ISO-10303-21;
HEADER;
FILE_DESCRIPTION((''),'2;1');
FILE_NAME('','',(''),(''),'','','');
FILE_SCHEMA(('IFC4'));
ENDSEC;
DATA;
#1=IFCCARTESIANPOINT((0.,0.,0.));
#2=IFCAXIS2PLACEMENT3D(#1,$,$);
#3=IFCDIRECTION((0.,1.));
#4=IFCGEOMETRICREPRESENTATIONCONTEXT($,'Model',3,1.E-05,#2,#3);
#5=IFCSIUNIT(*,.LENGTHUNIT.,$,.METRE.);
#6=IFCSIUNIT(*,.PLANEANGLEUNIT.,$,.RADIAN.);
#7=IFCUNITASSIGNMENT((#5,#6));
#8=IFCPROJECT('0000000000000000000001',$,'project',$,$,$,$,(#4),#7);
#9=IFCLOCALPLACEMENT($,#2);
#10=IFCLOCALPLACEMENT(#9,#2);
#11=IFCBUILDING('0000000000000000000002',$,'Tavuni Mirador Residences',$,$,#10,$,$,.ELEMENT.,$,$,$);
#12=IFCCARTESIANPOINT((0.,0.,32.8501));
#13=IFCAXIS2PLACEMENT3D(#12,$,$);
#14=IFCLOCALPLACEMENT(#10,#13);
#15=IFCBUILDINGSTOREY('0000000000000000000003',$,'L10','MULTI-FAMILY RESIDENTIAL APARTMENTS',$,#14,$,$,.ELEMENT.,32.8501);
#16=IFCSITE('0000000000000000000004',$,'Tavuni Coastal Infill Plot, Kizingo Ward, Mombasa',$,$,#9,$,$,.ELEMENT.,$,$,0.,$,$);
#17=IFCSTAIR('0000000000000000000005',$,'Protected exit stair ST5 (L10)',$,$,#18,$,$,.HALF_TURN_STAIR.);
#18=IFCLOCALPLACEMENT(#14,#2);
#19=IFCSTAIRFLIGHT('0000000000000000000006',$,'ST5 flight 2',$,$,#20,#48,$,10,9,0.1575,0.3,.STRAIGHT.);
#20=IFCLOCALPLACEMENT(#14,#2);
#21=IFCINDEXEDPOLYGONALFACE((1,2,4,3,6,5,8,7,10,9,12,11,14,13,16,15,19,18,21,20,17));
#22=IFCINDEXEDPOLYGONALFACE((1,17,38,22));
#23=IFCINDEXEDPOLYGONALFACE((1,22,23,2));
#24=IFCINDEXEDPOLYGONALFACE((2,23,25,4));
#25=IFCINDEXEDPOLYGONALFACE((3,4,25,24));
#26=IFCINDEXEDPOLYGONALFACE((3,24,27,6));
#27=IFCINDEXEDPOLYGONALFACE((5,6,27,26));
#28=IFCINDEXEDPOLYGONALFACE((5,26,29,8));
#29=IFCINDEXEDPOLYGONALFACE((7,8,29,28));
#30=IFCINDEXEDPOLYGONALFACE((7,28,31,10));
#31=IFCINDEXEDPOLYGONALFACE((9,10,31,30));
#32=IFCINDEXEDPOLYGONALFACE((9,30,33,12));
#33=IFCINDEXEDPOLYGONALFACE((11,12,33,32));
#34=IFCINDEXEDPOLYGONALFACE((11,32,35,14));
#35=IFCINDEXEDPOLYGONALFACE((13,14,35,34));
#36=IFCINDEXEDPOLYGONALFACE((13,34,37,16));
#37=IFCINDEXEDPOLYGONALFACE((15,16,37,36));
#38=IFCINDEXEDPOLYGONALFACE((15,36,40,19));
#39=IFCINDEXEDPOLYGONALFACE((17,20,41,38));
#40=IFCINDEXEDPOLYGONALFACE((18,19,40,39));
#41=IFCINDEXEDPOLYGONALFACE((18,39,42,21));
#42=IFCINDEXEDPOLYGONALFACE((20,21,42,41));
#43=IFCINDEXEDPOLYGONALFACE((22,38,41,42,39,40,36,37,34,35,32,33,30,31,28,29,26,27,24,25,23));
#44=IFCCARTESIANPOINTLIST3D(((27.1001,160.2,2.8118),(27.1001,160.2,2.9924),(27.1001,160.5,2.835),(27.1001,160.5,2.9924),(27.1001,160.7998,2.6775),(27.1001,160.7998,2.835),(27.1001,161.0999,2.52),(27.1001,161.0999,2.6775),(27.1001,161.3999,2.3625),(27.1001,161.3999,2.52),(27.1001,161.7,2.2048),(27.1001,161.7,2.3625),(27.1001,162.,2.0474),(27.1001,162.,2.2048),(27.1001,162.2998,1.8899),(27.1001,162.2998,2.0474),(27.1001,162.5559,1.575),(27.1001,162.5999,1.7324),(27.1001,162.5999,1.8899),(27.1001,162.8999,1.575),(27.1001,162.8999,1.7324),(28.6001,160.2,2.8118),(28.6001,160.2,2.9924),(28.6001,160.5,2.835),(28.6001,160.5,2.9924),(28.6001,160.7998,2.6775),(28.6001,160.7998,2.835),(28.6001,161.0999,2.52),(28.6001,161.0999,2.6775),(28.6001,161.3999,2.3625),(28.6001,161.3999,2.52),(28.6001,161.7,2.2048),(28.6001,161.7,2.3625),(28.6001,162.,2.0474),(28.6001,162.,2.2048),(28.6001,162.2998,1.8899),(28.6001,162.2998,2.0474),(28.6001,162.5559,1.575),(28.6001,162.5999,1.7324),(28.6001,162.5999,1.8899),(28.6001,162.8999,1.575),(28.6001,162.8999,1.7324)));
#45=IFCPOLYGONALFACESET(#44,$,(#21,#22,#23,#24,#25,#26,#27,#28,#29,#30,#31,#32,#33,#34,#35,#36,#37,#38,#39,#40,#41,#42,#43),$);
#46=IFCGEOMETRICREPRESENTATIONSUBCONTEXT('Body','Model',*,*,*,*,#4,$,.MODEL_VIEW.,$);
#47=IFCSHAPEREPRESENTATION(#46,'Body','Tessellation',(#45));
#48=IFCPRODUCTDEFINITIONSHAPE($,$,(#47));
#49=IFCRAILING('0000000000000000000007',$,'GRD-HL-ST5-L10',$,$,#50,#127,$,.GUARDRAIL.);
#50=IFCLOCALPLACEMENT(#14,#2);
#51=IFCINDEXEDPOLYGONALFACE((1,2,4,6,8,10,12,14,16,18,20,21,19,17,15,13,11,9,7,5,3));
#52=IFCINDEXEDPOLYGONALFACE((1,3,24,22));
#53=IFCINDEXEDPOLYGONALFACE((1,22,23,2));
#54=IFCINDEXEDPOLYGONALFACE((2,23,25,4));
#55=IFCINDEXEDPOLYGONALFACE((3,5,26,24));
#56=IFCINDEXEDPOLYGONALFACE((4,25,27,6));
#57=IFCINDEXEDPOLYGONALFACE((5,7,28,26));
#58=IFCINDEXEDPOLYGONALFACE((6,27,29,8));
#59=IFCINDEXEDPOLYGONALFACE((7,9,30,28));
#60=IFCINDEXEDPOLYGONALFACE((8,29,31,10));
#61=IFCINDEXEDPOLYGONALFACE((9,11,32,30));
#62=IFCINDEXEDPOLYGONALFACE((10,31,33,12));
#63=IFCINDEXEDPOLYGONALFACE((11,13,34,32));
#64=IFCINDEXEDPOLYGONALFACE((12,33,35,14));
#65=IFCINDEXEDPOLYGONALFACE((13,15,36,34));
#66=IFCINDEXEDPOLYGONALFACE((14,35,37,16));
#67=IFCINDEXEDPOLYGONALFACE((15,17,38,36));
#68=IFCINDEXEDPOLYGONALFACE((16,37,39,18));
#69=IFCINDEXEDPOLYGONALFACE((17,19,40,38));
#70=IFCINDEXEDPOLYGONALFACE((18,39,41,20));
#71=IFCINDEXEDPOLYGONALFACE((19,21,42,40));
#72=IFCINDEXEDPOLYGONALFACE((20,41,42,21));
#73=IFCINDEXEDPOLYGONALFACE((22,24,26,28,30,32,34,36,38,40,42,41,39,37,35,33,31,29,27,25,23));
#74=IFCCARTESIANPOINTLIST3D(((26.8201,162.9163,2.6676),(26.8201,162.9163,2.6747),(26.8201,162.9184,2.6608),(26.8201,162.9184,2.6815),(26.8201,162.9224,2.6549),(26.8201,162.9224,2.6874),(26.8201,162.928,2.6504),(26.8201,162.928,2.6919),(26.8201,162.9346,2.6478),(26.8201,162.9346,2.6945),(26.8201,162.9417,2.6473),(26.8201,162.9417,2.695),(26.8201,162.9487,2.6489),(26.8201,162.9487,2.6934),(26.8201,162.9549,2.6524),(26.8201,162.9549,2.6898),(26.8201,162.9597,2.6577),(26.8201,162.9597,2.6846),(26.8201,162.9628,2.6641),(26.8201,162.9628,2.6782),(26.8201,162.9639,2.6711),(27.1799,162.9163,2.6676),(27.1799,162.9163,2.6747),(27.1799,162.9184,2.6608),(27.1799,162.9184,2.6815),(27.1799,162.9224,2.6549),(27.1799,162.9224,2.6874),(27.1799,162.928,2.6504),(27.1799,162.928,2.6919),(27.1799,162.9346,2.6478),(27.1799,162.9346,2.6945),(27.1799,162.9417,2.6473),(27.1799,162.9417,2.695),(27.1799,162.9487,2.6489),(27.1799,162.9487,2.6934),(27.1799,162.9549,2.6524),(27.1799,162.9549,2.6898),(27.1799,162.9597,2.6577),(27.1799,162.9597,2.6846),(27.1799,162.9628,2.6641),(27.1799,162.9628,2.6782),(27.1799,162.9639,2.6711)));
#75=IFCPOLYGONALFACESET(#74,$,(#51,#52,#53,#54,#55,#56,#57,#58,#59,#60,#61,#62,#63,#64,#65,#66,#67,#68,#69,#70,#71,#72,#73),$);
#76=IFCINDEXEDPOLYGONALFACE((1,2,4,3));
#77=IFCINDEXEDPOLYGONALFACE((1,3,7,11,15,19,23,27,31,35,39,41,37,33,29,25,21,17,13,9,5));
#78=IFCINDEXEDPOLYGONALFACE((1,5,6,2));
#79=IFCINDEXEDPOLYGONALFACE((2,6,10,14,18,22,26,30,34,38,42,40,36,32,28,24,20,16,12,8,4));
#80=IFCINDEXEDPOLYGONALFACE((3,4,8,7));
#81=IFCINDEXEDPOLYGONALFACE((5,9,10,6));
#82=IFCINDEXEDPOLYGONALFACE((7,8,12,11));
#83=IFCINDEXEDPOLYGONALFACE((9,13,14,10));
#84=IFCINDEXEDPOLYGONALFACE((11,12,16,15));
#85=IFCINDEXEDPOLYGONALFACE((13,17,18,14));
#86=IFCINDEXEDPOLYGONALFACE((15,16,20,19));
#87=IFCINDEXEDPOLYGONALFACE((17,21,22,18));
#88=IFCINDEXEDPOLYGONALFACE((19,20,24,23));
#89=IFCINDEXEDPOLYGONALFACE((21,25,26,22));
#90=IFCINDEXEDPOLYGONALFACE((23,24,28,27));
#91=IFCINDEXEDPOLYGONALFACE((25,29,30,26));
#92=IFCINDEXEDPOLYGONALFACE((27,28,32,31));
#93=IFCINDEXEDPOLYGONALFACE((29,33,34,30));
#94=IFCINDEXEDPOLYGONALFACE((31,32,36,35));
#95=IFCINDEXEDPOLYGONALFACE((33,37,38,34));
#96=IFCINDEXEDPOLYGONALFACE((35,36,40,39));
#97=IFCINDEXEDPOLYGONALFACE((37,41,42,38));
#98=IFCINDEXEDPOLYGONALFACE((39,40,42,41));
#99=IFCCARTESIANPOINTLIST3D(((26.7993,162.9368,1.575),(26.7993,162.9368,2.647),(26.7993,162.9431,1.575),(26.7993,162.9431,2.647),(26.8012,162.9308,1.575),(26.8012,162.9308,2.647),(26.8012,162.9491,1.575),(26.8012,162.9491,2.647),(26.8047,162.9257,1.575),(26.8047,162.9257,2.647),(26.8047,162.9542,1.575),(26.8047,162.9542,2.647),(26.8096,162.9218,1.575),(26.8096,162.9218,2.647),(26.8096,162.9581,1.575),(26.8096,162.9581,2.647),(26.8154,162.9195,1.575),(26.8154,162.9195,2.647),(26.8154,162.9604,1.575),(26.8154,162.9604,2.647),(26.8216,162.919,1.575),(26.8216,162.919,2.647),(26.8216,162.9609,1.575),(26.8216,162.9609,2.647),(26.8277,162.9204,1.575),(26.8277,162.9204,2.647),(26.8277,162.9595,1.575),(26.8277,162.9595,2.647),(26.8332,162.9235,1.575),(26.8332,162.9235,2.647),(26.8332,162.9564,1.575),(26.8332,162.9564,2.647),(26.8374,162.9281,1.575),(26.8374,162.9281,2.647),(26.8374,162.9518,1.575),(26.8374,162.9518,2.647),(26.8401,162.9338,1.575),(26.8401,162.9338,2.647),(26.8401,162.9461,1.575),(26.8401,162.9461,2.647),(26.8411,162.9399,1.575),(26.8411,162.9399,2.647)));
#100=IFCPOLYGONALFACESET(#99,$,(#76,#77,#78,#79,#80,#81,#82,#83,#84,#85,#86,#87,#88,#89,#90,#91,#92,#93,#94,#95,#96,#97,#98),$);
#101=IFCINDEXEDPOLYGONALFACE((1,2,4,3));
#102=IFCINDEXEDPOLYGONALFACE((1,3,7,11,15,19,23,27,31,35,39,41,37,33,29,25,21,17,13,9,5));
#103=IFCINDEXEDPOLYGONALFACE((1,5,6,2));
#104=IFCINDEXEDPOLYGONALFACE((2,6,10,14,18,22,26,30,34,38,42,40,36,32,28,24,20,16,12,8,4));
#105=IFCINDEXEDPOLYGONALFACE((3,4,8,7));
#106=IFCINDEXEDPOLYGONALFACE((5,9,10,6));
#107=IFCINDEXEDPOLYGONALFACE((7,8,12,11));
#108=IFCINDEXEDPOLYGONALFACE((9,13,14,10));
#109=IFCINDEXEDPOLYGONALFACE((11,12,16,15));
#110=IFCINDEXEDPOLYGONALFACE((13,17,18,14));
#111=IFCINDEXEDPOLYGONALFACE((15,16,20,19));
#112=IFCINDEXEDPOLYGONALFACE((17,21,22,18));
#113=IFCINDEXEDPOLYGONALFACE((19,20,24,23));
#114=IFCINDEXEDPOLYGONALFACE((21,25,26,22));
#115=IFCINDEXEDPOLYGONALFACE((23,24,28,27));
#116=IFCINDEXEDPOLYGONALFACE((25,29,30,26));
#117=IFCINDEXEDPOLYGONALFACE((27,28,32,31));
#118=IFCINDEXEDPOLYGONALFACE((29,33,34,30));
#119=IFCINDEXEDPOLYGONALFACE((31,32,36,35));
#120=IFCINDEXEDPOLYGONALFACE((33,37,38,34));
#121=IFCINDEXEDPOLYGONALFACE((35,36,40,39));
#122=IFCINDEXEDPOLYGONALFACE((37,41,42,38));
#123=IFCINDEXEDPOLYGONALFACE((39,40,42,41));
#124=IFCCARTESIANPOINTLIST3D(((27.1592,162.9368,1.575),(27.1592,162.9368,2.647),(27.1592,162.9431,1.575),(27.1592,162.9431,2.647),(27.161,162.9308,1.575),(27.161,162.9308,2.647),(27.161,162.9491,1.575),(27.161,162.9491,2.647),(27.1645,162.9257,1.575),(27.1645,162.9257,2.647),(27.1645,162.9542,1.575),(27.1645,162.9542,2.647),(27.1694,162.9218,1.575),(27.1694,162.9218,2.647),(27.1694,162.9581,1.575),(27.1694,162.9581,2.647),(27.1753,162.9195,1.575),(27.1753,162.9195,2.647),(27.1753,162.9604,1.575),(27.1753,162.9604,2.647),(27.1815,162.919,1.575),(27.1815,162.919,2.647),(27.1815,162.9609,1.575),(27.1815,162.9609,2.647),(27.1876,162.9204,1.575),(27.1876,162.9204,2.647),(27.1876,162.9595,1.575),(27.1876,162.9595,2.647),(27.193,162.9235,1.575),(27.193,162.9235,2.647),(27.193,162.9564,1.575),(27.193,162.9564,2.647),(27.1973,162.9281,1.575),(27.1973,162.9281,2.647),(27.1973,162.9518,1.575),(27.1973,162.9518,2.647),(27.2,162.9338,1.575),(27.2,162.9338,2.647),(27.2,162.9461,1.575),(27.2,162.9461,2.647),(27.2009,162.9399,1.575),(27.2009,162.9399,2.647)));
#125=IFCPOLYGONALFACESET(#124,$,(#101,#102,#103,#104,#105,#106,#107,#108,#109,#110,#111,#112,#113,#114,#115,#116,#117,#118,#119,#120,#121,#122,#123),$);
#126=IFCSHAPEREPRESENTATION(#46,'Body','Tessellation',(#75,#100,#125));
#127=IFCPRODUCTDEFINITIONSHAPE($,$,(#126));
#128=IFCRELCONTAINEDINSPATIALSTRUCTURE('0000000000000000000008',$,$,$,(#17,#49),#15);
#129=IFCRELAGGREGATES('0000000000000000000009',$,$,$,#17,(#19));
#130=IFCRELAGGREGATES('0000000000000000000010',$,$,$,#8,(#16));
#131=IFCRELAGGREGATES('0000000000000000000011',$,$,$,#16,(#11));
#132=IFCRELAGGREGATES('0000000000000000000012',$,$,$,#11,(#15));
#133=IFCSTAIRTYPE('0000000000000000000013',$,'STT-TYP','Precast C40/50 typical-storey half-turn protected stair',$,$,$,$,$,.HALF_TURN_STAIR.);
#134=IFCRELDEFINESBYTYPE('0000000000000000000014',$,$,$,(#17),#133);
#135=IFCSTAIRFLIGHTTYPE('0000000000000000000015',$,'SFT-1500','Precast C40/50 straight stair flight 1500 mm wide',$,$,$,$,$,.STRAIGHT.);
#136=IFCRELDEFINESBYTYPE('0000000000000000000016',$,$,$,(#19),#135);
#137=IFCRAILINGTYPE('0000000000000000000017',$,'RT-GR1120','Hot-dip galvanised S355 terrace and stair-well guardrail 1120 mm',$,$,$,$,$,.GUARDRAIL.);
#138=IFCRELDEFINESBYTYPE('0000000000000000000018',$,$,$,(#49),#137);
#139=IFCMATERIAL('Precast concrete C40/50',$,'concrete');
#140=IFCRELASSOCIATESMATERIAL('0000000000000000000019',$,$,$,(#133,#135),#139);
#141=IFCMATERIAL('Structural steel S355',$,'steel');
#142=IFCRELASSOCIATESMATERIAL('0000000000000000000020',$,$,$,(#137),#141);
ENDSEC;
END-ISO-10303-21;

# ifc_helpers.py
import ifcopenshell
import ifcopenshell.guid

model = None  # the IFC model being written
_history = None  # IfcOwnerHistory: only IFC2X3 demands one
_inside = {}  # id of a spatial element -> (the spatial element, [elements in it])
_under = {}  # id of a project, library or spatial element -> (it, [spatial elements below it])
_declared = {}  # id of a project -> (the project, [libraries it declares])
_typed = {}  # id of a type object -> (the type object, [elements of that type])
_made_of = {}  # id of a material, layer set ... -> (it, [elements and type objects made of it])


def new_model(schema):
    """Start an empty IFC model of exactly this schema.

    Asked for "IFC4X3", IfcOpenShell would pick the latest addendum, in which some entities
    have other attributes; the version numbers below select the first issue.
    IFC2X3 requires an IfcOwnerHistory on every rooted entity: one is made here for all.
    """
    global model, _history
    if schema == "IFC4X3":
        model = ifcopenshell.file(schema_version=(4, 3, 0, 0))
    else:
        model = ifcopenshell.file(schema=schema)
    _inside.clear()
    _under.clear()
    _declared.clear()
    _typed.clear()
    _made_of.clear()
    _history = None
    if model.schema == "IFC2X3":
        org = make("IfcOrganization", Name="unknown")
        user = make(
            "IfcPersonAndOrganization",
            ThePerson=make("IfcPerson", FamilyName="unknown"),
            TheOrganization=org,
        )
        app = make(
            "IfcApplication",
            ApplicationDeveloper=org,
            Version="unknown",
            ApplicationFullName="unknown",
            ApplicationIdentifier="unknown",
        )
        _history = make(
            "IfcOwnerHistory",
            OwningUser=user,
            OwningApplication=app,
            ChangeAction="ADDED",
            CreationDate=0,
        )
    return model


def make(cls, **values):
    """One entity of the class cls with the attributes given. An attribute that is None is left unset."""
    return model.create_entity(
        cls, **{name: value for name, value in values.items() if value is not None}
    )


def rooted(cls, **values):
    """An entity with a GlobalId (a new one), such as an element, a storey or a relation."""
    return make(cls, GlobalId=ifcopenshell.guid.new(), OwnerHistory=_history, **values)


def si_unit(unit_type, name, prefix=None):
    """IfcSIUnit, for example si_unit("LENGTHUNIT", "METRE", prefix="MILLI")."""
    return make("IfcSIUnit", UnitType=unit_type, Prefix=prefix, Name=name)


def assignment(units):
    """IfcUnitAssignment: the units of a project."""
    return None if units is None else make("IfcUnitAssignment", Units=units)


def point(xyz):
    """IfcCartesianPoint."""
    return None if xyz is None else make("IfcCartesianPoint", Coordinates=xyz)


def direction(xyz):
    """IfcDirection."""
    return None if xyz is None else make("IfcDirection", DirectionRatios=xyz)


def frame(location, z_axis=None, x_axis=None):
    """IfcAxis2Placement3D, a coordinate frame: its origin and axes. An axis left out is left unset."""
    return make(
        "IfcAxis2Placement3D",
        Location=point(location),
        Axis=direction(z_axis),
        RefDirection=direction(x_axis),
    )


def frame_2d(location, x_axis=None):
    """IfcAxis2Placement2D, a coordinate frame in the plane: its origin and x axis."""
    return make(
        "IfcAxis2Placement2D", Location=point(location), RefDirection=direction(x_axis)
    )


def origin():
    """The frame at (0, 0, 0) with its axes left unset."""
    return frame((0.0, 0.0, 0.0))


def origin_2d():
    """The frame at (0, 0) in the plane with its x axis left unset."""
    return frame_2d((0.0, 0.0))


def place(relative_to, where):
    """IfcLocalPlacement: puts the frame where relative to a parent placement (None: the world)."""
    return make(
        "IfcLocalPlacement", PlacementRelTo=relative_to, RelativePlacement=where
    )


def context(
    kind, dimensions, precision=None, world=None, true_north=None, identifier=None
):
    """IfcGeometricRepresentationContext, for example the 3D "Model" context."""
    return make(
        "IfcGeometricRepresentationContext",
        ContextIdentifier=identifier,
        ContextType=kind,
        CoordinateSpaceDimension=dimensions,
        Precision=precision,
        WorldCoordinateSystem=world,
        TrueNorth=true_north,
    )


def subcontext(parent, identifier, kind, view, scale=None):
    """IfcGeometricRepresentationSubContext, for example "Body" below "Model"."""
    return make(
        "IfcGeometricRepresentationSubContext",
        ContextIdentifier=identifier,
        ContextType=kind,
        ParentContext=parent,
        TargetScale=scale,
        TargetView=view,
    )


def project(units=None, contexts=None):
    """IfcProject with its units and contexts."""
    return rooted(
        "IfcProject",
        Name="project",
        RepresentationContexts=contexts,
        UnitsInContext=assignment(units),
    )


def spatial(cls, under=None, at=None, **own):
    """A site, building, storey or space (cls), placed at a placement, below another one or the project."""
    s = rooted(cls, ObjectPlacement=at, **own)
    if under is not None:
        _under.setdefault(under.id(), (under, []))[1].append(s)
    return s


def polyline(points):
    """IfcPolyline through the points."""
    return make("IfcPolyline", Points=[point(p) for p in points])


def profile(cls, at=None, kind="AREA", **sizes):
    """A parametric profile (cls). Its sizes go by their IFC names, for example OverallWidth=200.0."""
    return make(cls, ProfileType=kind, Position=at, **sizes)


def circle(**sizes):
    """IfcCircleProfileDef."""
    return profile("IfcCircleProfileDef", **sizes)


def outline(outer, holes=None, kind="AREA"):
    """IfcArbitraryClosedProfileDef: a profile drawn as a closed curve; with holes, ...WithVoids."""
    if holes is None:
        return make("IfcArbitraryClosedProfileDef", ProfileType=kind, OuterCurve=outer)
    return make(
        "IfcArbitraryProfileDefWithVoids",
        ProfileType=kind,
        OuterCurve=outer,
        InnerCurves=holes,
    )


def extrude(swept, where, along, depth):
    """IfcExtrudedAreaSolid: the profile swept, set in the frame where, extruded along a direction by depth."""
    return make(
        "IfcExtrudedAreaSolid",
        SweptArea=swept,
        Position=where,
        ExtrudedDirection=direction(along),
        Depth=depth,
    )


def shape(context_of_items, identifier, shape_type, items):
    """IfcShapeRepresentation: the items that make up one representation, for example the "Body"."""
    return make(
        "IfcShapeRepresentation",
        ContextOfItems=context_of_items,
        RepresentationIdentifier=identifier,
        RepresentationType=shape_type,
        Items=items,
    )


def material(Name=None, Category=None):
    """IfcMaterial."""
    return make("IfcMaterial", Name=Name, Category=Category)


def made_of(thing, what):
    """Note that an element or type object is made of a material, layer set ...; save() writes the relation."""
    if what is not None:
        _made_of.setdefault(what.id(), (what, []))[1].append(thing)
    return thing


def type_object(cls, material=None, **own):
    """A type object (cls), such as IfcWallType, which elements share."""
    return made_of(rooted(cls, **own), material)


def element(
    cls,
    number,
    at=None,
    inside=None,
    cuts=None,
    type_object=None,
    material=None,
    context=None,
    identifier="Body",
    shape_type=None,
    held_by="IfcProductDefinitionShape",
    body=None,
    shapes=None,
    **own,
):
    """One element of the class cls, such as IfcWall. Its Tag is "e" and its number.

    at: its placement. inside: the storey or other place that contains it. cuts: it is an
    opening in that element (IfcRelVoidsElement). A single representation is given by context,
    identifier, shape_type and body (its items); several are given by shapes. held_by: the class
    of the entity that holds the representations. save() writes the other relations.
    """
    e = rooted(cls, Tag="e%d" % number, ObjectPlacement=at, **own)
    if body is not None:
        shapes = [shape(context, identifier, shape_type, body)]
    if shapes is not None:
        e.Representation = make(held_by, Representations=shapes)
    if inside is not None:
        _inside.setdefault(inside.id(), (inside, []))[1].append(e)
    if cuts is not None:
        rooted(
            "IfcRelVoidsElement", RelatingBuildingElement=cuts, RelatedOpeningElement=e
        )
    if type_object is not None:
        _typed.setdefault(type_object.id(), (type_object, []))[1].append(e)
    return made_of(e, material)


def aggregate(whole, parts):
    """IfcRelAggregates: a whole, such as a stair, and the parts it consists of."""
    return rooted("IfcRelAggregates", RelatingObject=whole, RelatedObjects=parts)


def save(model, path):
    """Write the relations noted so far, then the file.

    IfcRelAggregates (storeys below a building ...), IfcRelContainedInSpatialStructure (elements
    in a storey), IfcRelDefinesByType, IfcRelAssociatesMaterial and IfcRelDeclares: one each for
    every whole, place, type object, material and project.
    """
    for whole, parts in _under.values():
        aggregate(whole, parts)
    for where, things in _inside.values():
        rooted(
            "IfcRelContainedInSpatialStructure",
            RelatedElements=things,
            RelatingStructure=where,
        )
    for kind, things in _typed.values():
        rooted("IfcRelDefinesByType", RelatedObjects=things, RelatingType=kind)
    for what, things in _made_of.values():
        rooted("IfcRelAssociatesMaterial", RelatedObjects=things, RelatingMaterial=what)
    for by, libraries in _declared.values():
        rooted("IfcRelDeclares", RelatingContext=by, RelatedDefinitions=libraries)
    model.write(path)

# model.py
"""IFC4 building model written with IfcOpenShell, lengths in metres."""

from ifc_helpers import new_model, si_unit, direction, frame, origin, origin_2d, place, context, subcontext, project, spatial, polyline, circle, outline, extrude, material, type_object, element, aggregate, save


model = new_model("IFC4")

# Units and contexts
model_context = context("Model", 3, precision=1e-05, world=origin(), true_north=direction((0.0, 1.0)))
body_context = subcontext(model_context, "Body", "Model", "MODEL_VIEW")
ifc_project = project(units=[si_unit("LENGTHUNIT", "METRE"), si_unit("PLANEANGLEUNIT", "RADIAN")], contexts=[model_context])

# Site, building, storey
site_placement = place(None, origin())
site = spatial("IfcSite", under=ifc_project, at=site_placement, Name="Tavuni Coastal Infill Plot, Kizingo Ward, Mombasa", CompositionType="ELEMENT", RefElevation=0.0)
building_placement = place(site_placement, origin())
building = spatial("IfcBuilding", under=site, at=building_placement, Name="Tavuni Mirador Residences", CompositionType="ELEMENT")
storey_placement = place(building_placement, frame((0.0, 0.0, 32.8501)))
storey = spatial("IfcBuildingStorey", under=building, at=storey_placement, Name="L10", Description="MULTI-FAMILY RESIDENTIAL APARTMENTS", CompositionType="ELEMENT", Elevation=32.8501)

# Shared definitions
ifc_material_1 = material(Name="Precast concrete C40/50", Category="concrete")

# Shared definitions
ifc_material_2 = material(Name="Structural steel S355", Category="steel")

# Stair, stair flight
stair_type = type_object("IfcStairType", Name="STT-TYP", Description="Precast C40/50 typical-storey half-turn protected stair", PredefinedType="HALF_TURN_STAIR", material=ifc_material_1)
stair_placement = place(storey_placement, origin())
stair = element("IfcStair", 1, at=stair_placement, inside=storey, type_object=stair_type, Name="Protected exit stair ST5 (L10)", PredefinedType="HALF_TURN_STAIR")
stair_flight_type = type_object("IfcStairFlightType", Name="SFT-1500", Description="Precast C40/50 straight stair flight 1500 mm wide", PredefinedType="STRAIGHT", material=ifc_material_1)
stair_flight_1_placement = place(storey_placement, frame((27.8501, 162.8999, 1.575), z_axis=(0.0, 0.0, 1.0), x_axis=(0.0, -1.0, 0.0)))
stair_flight_1 = element("IfcStairFlight", 2, at=stair_flight_1_placement, type_object=stair_flight_type, Name="ST5 flight 2", NumberOfRisers=10, NumberOfTreads=9, PredefinedType="STRAIGHT", RiserHeight=0.1575, TreadLength=0.3, context=body_context, shape_type="SweptSolid", body=[
    extrude(outline(polyline([(0.0, 0.0), (0.0, 0.1575), (0.3, 0.1575), (0.3, 0.3149), (0.6001, 0.3149), (0.6001, 0.4724), (0.8999, 0.4724), (0.8999, 0.6299), (1.2, 0.6299), (1.2, 0.7876), (1.5, 0.7876), (1.5, 0.9451), (1.8, 0.9451), (1.8, 1.1025), (2.1001, 1.1025), (2.1001, 1.26), (2.3999, 1.26), (2.3999, 1.4175), (2.7, 1.4175), (2.7, 1.575), (2.7, 1.2368), (0.344, 0.0), (0.0, 0.0)])), frame((0.0, 0.75, 0.0), z_axis=(0.0, -1.0, 0.0), x_axis=(1.0, 0.0, 0.0)), (0.0, 0.0, 1.0), 1.5),
])
aggregate(stair, [stair_flight_1])

# Railing
railing_type_1 = type_object("IfcRailingType", Name="RT-GR1120", Description="Hot-dip galvanised S355 terrace and stair-well guardrail 1120 mm", PredefinedType="GUARDRAIL", material=ifc_material_2)
railing_1_placement = place(storey_placement, frame((26.8201, 162.9399, 1.575)))
element("IfcRailing", 3, at=railing_1_placement, inside=storey, type_object=railing_type_1, Name="GRD-HL-ST5-L10", PredefinedType="GUARDRAIL", context=body_context, shape_type="SweptSolid", body=[
    extrude(circle(Radius=0.0239, at=origin_2d()), frame((0.0, 0.0, 1.0962), z_axis=(1.0, 0.0, 0.0), x_axis=(0.0, 1.0, 0.0)), (0.0, 0.0, 1.0), 0.3599),
    extrude(circle(Radius=0.021, at=origin_2d()), origin(), (0.0, 0.0, 1.0), 1.072),
    extrude(circle(Radius=0.021, at=origin_2d()), frame((0.3599, 0.0, 0.0)), (0.0, 0.0, 1.0), 1.072),
])

save(model, "model.ifc")
